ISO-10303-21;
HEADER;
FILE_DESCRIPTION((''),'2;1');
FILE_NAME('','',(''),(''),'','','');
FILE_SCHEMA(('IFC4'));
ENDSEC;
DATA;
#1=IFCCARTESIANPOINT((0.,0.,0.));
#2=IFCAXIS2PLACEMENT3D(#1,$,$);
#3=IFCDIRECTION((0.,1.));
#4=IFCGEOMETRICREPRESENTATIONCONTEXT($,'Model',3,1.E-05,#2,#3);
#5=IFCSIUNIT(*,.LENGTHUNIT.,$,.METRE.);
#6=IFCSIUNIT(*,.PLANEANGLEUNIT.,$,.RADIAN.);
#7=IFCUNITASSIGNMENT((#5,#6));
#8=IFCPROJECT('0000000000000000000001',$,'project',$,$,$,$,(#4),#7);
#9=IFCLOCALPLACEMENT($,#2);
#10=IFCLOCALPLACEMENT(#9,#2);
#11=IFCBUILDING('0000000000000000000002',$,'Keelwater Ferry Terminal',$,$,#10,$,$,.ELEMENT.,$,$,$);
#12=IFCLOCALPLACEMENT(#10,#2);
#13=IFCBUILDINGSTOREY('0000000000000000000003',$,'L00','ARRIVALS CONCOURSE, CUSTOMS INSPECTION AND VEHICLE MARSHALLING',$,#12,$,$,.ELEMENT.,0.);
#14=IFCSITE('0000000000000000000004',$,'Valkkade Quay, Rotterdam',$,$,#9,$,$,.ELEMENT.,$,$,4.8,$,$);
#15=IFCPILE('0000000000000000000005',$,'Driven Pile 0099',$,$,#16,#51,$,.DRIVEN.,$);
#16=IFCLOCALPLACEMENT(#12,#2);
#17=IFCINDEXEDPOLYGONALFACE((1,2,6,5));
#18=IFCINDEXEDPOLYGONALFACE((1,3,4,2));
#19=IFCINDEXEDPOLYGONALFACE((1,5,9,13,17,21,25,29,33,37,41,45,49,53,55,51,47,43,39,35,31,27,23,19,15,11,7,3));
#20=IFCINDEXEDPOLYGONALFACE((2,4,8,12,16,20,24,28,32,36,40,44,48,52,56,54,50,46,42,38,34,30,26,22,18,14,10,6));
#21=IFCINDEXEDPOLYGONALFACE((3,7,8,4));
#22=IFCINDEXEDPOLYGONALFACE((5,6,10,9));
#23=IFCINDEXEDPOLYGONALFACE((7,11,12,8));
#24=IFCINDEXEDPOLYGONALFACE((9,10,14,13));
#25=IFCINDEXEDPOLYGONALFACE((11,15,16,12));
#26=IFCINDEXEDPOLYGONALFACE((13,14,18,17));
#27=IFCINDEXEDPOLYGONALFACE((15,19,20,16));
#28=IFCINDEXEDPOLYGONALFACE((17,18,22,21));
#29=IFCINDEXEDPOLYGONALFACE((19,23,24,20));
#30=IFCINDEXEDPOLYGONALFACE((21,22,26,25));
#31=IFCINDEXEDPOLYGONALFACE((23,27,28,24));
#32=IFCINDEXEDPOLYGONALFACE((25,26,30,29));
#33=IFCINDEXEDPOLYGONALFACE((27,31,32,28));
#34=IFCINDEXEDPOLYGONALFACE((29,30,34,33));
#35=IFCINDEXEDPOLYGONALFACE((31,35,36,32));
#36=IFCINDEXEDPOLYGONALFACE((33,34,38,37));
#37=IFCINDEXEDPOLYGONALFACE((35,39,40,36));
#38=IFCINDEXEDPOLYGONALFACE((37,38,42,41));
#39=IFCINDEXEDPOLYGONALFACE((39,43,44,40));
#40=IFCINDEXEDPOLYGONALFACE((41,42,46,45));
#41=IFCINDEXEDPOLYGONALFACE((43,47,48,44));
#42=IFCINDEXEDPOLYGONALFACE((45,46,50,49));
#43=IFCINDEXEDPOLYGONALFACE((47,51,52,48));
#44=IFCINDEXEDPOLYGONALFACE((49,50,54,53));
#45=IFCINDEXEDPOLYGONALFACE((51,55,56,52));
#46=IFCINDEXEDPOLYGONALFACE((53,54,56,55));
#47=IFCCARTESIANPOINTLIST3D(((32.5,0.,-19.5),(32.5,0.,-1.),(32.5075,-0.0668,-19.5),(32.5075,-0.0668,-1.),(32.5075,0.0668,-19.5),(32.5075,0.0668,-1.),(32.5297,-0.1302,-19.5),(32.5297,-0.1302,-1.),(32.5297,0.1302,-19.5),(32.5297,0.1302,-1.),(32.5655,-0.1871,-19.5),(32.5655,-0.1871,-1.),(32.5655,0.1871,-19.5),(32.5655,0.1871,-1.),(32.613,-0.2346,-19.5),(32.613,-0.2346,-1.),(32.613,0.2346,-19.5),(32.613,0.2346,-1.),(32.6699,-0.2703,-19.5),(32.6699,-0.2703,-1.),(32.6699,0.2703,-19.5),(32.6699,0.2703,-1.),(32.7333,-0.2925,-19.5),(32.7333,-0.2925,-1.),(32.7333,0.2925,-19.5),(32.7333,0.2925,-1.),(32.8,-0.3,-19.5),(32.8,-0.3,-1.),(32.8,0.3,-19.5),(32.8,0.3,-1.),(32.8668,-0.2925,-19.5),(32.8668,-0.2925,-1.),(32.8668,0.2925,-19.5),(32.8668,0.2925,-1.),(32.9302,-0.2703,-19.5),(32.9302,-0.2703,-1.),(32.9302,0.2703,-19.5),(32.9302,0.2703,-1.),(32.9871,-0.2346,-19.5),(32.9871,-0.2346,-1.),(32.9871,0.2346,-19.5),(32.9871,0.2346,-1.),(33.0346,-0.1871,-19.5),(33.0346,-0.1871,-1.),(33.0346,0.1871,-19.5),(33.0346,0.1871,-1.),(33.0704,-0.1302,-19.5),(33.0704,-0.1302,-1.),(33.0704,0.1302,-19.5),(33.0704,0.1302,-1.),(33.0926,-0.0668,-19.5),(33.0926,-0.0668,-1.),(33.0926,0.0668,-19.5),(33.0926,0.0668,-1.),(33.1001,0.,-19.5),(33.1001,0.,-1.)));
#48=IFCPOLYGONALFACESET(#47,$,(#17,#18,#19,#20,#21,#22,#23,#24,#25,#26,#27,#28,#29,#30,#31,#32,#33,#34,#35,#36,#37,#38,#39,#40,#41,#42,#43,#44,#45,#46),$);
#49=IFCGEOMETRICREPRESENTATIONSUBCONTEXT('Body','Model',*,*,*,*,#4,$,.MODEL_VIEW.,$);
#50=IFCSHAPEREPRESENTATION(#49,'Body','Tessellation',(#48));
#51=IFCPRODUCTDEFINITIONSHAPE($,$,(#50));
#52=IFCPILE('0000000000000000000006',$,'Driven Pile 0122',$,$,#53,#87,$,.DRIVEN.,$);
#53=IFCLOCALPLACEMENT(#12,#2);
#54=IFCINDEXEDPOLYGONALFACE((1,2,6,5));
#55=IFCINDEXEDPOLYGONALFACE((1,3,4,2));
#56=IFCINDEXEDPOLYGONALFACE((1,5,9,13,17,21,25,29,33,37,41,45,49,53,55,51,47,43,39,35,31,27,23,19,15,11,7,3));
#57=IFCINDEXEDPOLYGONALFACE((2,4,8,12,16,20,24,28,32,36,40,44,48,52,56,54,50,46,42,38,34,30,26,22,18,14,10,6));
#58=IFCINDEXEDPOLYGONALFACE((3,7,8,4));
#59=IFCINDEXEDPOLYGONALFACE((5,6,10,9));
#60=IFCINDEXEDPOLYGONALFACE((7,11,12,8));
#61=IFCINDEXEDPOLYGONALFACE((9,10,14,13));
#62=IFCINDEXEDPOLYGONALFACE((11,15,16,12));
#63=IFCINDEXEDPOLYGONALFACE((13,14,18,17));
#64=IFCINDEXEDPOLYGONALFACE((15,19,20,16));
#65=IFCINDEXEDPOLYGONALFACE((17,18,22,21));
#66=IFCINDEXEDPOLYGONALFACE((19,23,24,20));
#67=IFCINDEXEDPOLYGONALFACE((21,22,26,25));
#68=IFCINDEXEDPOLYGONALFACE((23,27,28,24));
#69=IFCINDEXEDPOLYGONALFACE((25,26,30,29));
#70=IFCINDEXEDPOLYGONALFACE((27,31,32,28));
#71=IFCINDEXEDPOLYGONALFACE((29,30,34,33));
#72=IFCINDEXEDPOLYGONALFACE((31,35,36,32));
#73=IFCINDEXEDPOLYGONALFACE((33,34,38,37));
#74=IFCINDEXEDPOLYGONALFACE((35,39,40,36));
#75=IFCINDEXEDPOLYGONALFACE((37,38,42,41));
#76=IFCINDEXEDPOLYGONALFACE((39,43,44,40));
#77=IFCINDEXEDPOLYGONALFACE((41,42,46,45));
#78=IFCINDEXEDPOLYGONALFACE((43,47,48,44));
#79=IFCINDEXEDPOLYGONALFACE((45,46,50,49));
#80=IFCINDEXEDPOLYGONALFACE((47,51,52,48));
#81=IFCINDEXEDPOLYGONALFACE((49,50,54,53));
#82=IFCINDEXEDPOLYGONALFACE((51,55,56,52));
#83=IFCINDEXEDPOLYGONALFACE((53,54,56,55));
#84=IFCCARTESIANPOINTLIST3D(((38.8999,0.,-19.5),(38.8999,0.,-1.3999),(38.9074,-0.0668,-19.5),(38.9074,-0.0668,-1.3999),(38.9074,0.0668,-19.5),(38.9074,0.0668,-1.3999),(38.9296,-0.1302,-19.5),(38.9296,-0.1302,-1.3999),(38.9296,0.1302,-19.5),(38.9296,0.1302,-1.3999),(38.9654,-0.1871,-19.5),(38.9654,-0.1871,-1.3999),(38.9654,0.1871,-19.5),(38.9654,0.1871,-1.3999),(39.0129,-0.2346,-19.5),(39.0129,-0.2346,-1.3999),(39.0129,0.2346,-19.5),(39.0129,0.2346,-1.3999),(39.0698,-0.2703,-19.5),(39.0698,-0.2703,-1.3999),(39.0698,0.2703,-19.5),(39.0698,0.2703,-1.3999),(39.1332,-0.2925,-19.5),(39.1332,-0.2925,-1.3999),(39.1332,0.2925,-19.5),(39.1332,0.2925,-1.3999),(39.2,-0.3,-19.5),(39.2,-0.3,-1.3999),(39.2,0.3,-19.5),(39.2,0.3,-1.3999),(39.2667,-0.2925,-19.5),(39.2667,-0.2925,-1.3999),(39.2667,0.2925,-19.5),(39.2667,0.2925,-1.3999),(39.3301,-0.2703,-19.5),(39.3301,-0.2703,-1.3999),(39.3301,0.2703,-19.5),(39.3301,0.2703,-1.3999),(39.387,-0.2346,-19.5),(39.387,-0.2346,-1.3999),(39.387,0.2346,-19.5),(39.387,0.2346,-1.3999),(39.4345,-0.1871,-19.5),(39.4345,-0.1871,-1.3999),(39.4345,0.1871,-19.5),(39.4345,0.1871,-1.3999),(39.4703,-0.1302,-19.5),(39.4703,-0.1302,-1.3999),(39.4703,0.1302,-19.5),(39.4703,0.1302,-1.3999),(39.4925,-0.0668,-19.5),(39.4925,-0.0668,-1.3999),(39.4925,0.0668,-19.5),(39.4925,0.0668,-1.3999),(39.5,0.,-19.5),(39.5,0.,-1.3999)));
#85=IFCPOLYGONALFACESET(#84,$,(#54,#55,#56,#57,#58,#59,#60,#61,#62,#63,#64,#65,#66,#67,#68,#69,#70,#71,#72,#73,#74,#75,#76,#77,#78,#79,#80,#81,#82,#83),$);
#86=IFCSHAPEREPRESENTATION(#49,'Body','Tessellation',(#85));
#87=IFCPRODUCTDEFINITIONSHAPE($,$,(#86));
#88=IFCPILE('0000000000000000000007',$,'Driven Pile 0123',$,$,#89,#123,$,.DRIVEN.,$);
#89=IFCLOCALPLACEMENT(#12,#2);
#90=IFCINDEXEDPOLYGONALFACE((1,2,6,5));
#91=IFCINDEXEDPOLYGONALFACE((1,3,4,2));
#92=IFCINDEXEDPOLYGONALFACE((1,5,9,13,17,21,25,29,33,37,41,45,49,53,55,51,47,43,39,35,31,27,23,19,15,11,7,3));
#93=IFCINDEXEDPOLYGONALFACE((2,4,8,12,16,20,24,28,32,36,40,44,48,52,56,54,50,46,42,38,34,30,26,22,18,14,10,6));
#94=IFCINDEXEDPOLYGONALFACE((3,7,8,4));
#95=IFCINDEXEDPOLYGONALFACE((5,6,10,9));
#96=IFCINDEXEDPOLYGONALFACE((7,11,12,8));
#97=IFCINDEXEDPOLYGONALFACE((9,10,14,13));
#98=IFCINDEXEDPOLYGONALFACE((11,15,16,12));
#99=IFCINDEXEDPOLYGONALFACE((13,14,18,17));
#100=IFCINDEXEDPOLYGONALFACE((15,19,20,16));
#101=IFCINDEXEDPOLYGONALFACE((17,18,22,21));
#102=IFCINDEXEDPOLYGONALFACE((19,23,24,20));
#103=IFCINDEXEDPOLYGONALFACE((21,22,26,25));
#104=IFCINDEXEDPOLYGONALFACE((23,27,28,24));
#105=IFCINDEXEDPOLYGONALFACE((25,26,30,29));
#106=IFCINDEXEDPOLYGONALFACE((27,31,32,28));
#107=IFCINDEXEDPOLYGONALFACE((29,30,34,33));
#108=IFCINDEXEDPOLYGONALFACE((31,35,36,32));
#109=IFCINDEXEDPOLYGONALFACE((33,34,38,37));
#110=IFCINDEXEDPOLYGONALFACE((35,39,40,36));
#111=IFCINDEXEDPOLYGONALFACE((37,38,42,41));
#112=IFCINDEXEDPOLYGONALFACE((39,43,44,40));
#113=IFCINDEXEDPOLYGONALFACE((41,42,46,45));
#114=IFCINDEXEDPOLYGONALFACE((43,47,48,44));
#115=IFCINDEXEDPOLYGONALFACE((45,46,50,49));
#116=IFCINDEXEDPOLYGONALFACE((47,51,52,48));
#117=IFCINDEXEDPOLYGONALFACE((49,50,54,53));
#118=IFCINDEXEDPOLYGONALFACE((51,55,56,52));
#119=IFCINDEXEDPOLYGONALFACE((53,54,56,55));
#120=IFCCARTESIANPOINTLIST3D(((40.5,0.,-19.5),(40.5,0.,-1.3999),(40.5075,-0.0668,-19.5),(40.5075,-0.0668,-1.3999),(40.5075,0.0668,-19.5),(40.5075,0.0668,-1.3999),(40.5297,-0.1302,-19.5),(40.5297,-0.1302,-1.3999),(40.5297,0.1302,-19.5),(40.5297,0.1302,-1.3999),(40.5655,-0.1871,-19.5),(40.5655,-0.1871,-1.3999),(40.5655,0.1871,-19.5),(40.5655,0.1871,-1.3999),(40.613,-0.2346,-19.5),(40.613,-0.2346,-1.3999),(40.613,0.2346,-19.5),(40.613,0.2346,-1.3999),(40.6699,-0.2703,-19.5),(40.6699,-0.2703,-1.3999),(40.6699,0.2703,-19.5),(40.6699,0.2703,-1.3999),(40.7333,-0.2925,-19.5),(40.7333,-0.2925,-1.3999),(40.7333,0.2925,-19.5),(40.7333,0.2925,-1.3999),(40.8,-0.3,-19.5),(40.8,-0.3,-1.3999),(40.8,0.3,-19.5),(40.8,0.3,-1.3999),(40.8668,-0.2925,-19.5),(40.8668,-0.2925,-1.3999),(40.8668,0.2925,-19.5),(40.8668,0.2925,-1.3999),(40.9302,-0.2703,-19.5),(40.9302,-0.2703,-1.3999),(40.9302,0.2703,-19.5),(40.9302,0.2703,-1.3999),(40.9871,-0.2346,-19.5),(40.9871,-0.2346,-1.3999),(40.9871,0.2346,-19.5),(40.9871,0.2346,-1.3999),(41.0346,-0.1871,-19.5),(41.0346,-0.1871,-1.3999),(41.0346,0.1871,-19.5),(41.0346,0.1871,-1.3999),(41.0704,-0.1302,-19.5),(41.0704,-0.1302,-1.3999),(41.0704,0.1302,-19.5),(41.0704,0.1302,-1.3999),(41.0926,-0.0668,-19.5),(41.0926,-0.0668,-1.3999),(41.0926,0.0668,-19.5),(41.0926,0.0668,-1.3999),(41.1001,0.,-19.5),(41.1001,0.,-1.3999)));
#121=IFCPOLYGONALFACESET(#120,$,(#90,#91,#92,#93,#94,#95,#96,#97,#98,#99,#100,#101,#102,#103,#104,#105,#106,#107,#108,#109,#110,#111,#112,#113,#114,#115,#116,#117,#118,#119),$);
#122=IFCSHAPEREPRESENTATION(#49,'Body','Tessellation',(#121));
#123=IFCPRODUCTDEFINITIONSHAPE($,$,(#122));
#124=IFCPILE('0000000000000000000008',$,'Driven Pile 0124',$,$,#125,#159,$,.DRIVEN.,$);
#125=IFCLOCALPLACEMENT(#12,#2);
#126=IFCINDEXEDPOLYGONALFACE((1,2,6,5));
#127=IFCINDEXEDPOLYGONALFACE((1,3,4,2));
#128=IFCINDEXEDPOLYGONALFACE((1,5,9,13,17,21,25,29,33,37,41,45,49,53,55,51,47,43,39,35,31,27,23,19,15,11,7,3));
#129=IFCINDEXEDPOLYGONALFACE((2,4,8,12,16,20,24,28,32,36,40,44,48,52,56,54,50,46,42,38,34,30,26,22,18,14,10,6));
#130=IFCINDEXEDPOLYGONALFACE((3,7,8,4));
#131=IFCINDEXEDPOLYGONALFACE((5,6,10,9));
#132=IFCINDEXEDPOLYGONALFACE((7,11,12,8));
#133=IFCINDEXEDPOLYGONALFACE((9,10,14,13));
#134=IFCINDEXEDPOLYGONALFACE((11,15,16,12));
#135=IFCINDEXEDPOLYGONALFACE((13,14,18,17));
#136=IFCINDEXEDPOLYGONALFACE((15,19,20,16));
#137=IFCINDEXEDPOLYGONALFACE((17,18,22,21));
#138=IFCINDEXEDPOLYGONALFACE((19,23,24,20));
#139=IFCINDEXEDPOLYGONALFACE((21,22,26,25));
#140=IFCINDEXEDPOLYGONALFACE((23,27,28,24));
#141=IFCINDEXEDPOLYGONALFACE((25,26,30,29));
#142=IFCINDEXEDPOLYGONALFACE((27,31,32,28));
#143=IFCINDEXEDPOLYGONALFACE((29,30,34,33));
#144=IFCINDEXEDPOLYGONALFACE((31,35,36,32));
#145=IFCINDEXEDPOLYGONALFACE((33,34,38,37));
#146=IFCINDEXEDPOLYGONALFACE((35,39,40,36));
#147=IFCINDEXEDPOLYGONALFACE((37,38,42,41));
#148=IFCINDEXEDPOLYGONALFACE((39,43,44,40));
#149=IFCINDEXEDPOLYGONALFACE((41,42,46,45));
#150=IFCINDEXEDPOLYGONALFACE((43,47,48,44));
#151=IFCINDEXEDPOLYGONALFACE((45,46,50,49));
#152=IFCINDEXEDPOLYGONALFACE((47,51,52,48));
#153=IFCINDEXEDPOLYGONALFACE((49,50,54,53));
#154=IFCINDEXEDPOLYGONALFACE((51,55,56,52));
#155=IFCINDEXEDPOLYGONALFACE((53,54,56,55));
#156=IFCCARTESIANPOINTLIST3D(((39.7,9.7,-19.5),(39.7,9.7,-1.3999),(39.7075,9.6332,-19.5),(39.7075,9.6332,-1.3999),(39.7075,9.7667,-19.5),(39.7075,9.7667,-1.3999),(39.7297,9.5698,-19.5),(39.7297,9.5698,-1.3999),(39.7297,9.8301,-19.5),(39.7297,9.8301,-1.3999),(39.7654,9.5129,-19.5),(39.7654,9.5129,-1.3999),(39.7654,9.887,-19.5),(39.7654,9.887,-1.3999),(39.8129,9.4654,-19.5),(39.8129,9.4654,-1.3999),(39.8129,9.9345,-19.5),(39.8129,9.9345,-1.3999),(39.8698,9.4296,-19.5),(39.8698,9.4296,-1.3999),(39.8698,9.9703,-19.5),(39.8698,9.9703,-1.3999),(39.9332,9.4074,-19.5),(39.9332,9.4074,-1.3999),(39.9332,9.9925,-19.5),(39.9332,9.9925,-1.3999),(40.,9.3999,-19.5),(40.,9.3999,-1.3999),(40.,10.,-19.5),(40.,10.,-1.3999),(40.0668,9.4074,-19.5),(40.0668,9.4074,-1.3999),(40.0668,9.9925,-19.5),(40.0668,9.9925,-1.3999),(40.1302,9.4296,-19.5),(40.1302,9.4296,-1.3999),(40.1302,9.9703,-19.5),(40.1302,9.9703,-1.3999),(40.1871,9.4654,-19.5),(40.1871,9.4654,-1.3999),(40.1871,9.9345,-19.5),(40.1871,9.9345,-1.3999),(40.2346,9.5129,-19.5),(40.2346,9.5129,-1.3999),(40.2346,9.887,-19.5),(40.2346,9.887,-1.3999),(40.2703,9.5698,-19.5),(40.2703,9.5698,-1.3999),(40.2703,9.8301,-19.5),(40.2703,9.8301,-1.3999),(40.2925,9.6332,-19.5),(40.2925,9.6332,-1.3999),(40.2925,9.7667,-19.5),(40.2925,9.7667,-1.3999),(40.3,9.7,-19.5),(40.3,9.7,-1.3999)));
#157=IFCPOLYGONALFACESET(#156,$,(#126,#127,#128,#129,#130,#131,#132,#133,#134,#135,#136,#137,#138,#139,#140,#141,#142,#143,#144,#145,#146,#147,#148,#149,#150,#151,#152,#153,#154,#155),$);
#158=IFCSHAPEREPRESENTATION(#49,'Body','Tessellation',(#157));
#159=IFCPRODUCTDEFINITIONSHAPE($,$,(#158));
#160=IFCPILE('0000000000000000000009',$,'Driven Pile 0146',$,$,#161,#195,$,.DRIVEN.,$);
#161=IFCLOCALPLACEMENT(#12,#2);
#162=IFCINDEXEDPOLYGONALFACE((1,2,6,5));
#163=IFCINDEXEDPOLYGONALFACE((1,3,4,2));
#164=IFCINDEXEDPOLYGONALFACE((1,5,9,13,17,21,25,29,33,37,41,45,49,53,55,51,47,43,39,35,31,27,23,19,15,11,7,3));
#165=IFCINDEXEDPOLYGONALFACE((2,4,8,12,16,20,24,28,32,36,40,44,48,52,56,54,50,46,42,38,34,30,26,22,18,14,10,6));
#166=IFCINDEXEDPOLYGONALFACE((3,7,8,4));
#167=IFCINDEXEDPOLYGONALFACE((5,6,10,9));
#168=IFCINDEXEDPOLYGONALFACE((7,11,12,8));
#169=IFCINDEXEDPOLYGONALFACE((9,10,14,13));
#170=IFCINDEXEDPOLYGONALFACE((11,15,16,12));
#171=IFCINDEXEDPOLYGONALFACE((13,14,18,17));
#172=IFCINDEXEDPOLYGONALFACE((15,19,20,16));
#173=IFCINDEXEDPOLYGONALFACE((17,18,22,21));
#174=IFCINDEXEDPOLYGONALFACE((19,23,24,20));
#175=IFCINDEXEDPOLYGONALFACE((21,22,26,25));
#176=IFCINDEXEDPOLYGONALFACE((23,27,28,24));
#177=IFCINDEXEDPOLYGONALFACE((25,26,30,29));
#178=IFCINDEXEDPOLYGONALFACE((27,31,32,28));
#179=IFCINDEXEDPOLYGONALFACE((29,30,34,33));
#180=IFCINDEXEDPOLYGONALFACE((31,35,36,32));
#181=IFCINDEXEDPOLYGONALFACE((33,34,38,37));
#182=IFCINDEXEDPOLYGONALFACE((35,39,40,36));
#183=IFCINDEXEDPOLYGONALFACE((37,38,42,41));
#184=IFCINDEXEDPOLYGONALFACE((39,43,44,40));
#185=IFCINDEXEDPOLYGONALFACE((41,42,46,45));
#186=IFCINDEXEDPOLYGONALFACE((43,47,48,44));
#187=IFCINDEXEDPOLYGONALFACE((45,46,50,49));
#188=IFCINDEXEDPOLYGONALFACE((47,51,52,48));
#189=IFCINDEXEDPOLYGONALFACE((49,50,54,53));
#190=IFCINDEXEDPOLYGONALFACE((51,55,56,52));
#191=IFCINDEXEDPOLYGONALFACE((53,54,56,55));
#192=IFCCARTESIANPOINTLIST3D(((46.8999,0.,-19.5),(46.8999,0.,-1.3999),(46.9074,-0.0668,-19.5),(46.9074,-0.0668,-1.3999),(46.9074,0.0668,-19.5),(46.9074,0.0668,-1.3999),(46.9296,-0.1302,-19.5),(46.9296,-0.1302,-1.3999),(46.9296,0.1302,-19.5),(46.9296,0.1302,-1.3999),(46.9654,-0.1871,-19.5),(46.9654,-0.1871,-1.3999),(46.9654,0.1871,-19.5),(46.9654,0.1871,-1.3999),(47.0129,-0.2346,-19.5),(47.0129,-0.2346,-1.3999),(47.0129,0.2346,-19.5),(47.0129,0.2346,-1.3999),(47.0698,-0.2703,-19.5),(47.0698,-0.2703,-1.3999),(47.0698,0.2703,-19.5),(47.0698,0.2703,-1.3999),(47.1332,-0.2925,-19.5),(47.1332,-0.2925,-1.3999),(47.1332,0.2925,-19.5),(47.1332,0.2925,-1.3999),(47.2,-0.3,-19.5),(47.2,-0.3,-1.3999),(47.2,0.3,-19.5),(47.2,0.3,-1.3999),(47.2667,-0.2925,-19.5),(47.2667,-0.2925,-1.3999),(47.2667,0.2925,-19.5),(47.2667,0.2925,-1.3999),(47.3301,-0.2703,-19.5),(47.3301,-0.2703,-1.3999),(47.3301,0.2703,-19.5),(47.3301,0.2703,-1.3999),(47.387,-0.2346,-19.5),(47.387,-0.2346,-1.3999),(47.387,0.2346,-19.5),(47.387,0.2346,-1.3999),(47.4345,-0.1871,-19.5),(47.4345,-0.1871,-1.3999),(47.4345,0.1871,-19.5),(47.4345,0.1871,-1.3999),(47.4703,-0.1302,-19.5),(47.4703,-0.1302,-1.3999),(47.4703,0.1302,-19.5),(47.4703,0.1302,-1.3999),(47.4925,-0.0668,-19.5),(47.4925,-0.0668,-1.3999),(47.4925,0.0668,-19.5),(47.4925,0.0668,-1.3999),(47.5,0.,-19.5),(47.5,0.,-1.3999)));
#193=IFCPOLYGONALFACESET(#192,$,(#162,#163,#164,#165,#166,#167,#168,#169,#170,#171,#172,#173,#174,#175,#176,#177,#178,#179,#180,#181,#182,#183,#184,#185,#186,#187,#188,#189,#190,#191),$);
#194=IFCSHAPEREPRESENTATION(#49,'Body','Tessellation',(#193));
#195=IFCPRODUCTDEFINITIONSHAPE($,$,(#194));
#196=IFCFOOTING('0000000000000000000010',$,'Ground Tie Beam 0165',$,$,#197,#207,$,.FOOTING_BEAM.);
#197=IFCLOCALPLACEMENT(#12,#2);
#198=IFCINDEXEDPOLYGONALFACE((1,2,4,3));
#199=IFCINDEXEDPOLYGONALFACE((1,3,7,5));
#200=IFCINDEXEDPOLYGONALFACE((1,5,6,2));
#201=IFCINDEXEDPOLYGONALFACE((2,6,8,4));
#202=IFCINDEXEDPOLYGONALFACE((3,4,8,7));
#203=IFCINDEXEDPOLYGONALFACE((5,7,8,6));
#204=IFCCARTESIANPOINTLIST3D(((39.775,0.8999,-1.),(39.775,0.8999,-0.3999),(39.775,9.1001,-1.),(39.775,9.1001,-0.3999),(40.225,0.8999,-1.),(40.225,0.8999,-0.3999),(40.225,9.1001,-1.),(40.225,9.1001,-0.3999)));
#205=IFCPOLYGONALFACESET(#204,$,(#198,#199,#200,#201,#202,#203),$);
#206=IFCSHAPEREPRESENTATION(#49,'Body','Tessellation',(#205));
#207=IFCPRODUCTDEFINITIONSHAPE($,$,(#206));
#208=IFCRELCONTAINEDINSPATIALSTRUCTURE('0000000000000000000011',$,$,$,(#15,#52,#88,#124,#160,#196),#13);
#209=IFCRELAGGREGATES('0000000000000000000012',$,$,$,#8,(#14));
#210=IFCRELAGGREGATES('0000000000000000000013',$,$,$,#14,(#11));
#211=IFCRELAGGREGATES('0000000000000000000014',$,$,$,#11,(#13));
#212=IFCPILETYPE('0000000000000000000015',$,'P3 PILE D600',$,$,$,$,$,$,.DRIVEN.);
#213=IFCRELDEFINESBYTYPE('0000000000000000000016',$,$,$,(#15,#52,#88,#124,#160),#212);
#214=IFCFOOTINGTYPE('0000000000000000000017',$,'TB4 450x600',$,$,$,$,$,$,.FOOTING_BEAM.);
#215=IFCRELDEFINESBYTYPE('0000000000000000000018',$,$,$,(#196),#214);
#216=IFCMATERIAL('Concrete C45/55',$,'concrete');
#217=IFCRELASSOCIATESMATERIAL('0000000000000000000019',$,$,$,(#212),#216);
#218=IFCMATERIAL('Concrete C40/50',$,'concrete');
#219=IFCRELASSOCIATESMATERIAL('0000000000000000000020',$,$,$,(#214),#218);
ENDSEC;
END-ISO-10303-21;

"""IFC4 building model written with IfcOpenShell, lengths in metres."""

from ifc_helpers import new_model, si_unit, direction, frame, origin, origin_2d, place, context, subcontext, project, spatial, rectangle, circle, extrude, material, material_profile, profile_set, type_object, element, save


model = new_model("IFC4")

# Units and contexts
model_context = context("Model", 3, precision=1e-05, world=origin(), true_north=direction((0.0, 1.0)))
body_context = subcontext(model_context, "Body", "Model", "MODEL_VIEW")
ifc_project = project(units=[si_unit("LENGTHUNIT", "METRE"), si_unit("PLANEANGLEUNIT", "RADIAN")], contexts=[model_context])

# Site, building, storey
site_placement = place(None, origin())
site = spatial("IfcSite", under=ifc_project, at=site_placement, Name="Valkkade Quay, Rotterdam", CompositionType="ELEMENT", RefElevation=4.8)
building_placement = place(site_placement, origin())
building = spatial("IfcBuilding", under=site, at=building_placement, Name="Keelwater Ferry Terminal", CompositionType="ELEMENT")
storey_placement = place(building_placement, origin())
storey = spatial("IfcBuildingStorey", under=building, at=storey_placement, Name="L00", Description="ARRIVALS CONCOURSE, CUSTOMS INSPECTION AND VEHICLE MARSHALLING", CompositionType="ELEMENT", Elevation=0.0)

# Piles
ifc_material_1 = material(Name="Concrete C45/55", Category="concrete")
ifc_material_profile_1 = material_profile(ifc_material_1, circle(Radius=0.3, at=origin_2d()), Name="PILE D600")
ifc_profile_set_1 = profile_set([ifc_material_profile_1], Name="Concrete C45/55")
pile_type = type_object("IfcPileType", Name="P3 PILE D600", PredefinedType="DRIVEN", material=ifc_profile_set_1)
pile_placement = place(storey_placement, frame((32.8, 0.0, -1.0), z_axis=(0.0, 0.0, -1.0), x_axis=(1.0, 0.0, 0.0)))
element("IfcPile", 1, at=pile_placement, inside=storey, type_object=pile_type, Name="Driven Pile 0099", PredefinedType="DRIVEN", context=body_context, shape_type="SweptSolid", body=[
    extrude(circle(Radius=0.3, at=origin_2d()), origin(), (0.0, 0.0, 1.0), 18.5),
])
for number, where, z_axis, x_axis, name in (
    (2, (39.2, 0.0, -1.3999), (0.0, 0.0, -1.0), (1.0, 0.0, 0.0), "Driven Pile 0122"),
    (3, (40.8, 0.0, -1.3999), (0.0, 0.0, -1.0), (1.0, 0.0, 0.0), "Driven Pile 0123"),
    (4, (40.0, 9.7, -1.3999), (0.0, 0.0, -1.0), (1.0, 0.0, 0.0), "Driven Pile 0124"),
    (5, (47.2, 0.0, -1.3999), (0.0, 0.0, -1.0), (1.0, 0.0, 0.0), "Driven Pile 0146"),
):
    element("IfcPile", number, at=place(storey_placement, frame(where, z_axis=z_axis, x_axis=x_axis)), inside=storey, type_object=pile_type, Name=name, PredefinedType="DRIVEN", context=body_context, shape_type="SweptSolid", body=[
        extrude(circle(Radius=0.3, at=origin_2d()), origin(), (0.0, 0.0, 1.0), 18.1001),
    ])

# Footing
ifc_material_2 = material(Name="Concrete C40/50", Category="concrete")
ifc_material_profile_2 = material_profile(ifc_material_2, rectangle(XDim=0.45, YDim=0.6001, at=origin_2d()), Name="TB 450x600")
ifc_profile_set_2 = profile_set([ifc_material_profile_2], Name="Concrete C40/50")
footing_type_1 = type_object("IfcFootingType", Name="TB4 450x600", PredefinedType="FOOTING_BEAM", material=ifc_profile_set_2)
footing_placement = place(storey_placement, frame((40.0, 0.8999, -0.7), z_axis=(0.0, 1.0, 0.0), x_axis=(-1.0, 0.0, 0.0)))
element("IfcFooting", 6, at=footing_placement, inside=storey, type_object=footing_type_1, Name="Ground Tie Beam 0165", PredefinedType="FOOTING_BEAM", context=body_context, shape_type="SweptSolid", body=[
    extrude(rectangle(XDim=0.45, YDim=0.6001, at=origin_2d()), origin(), (0.0, 0.0, 1.0), 8.2002),
])

save(model, "model.ifc")
